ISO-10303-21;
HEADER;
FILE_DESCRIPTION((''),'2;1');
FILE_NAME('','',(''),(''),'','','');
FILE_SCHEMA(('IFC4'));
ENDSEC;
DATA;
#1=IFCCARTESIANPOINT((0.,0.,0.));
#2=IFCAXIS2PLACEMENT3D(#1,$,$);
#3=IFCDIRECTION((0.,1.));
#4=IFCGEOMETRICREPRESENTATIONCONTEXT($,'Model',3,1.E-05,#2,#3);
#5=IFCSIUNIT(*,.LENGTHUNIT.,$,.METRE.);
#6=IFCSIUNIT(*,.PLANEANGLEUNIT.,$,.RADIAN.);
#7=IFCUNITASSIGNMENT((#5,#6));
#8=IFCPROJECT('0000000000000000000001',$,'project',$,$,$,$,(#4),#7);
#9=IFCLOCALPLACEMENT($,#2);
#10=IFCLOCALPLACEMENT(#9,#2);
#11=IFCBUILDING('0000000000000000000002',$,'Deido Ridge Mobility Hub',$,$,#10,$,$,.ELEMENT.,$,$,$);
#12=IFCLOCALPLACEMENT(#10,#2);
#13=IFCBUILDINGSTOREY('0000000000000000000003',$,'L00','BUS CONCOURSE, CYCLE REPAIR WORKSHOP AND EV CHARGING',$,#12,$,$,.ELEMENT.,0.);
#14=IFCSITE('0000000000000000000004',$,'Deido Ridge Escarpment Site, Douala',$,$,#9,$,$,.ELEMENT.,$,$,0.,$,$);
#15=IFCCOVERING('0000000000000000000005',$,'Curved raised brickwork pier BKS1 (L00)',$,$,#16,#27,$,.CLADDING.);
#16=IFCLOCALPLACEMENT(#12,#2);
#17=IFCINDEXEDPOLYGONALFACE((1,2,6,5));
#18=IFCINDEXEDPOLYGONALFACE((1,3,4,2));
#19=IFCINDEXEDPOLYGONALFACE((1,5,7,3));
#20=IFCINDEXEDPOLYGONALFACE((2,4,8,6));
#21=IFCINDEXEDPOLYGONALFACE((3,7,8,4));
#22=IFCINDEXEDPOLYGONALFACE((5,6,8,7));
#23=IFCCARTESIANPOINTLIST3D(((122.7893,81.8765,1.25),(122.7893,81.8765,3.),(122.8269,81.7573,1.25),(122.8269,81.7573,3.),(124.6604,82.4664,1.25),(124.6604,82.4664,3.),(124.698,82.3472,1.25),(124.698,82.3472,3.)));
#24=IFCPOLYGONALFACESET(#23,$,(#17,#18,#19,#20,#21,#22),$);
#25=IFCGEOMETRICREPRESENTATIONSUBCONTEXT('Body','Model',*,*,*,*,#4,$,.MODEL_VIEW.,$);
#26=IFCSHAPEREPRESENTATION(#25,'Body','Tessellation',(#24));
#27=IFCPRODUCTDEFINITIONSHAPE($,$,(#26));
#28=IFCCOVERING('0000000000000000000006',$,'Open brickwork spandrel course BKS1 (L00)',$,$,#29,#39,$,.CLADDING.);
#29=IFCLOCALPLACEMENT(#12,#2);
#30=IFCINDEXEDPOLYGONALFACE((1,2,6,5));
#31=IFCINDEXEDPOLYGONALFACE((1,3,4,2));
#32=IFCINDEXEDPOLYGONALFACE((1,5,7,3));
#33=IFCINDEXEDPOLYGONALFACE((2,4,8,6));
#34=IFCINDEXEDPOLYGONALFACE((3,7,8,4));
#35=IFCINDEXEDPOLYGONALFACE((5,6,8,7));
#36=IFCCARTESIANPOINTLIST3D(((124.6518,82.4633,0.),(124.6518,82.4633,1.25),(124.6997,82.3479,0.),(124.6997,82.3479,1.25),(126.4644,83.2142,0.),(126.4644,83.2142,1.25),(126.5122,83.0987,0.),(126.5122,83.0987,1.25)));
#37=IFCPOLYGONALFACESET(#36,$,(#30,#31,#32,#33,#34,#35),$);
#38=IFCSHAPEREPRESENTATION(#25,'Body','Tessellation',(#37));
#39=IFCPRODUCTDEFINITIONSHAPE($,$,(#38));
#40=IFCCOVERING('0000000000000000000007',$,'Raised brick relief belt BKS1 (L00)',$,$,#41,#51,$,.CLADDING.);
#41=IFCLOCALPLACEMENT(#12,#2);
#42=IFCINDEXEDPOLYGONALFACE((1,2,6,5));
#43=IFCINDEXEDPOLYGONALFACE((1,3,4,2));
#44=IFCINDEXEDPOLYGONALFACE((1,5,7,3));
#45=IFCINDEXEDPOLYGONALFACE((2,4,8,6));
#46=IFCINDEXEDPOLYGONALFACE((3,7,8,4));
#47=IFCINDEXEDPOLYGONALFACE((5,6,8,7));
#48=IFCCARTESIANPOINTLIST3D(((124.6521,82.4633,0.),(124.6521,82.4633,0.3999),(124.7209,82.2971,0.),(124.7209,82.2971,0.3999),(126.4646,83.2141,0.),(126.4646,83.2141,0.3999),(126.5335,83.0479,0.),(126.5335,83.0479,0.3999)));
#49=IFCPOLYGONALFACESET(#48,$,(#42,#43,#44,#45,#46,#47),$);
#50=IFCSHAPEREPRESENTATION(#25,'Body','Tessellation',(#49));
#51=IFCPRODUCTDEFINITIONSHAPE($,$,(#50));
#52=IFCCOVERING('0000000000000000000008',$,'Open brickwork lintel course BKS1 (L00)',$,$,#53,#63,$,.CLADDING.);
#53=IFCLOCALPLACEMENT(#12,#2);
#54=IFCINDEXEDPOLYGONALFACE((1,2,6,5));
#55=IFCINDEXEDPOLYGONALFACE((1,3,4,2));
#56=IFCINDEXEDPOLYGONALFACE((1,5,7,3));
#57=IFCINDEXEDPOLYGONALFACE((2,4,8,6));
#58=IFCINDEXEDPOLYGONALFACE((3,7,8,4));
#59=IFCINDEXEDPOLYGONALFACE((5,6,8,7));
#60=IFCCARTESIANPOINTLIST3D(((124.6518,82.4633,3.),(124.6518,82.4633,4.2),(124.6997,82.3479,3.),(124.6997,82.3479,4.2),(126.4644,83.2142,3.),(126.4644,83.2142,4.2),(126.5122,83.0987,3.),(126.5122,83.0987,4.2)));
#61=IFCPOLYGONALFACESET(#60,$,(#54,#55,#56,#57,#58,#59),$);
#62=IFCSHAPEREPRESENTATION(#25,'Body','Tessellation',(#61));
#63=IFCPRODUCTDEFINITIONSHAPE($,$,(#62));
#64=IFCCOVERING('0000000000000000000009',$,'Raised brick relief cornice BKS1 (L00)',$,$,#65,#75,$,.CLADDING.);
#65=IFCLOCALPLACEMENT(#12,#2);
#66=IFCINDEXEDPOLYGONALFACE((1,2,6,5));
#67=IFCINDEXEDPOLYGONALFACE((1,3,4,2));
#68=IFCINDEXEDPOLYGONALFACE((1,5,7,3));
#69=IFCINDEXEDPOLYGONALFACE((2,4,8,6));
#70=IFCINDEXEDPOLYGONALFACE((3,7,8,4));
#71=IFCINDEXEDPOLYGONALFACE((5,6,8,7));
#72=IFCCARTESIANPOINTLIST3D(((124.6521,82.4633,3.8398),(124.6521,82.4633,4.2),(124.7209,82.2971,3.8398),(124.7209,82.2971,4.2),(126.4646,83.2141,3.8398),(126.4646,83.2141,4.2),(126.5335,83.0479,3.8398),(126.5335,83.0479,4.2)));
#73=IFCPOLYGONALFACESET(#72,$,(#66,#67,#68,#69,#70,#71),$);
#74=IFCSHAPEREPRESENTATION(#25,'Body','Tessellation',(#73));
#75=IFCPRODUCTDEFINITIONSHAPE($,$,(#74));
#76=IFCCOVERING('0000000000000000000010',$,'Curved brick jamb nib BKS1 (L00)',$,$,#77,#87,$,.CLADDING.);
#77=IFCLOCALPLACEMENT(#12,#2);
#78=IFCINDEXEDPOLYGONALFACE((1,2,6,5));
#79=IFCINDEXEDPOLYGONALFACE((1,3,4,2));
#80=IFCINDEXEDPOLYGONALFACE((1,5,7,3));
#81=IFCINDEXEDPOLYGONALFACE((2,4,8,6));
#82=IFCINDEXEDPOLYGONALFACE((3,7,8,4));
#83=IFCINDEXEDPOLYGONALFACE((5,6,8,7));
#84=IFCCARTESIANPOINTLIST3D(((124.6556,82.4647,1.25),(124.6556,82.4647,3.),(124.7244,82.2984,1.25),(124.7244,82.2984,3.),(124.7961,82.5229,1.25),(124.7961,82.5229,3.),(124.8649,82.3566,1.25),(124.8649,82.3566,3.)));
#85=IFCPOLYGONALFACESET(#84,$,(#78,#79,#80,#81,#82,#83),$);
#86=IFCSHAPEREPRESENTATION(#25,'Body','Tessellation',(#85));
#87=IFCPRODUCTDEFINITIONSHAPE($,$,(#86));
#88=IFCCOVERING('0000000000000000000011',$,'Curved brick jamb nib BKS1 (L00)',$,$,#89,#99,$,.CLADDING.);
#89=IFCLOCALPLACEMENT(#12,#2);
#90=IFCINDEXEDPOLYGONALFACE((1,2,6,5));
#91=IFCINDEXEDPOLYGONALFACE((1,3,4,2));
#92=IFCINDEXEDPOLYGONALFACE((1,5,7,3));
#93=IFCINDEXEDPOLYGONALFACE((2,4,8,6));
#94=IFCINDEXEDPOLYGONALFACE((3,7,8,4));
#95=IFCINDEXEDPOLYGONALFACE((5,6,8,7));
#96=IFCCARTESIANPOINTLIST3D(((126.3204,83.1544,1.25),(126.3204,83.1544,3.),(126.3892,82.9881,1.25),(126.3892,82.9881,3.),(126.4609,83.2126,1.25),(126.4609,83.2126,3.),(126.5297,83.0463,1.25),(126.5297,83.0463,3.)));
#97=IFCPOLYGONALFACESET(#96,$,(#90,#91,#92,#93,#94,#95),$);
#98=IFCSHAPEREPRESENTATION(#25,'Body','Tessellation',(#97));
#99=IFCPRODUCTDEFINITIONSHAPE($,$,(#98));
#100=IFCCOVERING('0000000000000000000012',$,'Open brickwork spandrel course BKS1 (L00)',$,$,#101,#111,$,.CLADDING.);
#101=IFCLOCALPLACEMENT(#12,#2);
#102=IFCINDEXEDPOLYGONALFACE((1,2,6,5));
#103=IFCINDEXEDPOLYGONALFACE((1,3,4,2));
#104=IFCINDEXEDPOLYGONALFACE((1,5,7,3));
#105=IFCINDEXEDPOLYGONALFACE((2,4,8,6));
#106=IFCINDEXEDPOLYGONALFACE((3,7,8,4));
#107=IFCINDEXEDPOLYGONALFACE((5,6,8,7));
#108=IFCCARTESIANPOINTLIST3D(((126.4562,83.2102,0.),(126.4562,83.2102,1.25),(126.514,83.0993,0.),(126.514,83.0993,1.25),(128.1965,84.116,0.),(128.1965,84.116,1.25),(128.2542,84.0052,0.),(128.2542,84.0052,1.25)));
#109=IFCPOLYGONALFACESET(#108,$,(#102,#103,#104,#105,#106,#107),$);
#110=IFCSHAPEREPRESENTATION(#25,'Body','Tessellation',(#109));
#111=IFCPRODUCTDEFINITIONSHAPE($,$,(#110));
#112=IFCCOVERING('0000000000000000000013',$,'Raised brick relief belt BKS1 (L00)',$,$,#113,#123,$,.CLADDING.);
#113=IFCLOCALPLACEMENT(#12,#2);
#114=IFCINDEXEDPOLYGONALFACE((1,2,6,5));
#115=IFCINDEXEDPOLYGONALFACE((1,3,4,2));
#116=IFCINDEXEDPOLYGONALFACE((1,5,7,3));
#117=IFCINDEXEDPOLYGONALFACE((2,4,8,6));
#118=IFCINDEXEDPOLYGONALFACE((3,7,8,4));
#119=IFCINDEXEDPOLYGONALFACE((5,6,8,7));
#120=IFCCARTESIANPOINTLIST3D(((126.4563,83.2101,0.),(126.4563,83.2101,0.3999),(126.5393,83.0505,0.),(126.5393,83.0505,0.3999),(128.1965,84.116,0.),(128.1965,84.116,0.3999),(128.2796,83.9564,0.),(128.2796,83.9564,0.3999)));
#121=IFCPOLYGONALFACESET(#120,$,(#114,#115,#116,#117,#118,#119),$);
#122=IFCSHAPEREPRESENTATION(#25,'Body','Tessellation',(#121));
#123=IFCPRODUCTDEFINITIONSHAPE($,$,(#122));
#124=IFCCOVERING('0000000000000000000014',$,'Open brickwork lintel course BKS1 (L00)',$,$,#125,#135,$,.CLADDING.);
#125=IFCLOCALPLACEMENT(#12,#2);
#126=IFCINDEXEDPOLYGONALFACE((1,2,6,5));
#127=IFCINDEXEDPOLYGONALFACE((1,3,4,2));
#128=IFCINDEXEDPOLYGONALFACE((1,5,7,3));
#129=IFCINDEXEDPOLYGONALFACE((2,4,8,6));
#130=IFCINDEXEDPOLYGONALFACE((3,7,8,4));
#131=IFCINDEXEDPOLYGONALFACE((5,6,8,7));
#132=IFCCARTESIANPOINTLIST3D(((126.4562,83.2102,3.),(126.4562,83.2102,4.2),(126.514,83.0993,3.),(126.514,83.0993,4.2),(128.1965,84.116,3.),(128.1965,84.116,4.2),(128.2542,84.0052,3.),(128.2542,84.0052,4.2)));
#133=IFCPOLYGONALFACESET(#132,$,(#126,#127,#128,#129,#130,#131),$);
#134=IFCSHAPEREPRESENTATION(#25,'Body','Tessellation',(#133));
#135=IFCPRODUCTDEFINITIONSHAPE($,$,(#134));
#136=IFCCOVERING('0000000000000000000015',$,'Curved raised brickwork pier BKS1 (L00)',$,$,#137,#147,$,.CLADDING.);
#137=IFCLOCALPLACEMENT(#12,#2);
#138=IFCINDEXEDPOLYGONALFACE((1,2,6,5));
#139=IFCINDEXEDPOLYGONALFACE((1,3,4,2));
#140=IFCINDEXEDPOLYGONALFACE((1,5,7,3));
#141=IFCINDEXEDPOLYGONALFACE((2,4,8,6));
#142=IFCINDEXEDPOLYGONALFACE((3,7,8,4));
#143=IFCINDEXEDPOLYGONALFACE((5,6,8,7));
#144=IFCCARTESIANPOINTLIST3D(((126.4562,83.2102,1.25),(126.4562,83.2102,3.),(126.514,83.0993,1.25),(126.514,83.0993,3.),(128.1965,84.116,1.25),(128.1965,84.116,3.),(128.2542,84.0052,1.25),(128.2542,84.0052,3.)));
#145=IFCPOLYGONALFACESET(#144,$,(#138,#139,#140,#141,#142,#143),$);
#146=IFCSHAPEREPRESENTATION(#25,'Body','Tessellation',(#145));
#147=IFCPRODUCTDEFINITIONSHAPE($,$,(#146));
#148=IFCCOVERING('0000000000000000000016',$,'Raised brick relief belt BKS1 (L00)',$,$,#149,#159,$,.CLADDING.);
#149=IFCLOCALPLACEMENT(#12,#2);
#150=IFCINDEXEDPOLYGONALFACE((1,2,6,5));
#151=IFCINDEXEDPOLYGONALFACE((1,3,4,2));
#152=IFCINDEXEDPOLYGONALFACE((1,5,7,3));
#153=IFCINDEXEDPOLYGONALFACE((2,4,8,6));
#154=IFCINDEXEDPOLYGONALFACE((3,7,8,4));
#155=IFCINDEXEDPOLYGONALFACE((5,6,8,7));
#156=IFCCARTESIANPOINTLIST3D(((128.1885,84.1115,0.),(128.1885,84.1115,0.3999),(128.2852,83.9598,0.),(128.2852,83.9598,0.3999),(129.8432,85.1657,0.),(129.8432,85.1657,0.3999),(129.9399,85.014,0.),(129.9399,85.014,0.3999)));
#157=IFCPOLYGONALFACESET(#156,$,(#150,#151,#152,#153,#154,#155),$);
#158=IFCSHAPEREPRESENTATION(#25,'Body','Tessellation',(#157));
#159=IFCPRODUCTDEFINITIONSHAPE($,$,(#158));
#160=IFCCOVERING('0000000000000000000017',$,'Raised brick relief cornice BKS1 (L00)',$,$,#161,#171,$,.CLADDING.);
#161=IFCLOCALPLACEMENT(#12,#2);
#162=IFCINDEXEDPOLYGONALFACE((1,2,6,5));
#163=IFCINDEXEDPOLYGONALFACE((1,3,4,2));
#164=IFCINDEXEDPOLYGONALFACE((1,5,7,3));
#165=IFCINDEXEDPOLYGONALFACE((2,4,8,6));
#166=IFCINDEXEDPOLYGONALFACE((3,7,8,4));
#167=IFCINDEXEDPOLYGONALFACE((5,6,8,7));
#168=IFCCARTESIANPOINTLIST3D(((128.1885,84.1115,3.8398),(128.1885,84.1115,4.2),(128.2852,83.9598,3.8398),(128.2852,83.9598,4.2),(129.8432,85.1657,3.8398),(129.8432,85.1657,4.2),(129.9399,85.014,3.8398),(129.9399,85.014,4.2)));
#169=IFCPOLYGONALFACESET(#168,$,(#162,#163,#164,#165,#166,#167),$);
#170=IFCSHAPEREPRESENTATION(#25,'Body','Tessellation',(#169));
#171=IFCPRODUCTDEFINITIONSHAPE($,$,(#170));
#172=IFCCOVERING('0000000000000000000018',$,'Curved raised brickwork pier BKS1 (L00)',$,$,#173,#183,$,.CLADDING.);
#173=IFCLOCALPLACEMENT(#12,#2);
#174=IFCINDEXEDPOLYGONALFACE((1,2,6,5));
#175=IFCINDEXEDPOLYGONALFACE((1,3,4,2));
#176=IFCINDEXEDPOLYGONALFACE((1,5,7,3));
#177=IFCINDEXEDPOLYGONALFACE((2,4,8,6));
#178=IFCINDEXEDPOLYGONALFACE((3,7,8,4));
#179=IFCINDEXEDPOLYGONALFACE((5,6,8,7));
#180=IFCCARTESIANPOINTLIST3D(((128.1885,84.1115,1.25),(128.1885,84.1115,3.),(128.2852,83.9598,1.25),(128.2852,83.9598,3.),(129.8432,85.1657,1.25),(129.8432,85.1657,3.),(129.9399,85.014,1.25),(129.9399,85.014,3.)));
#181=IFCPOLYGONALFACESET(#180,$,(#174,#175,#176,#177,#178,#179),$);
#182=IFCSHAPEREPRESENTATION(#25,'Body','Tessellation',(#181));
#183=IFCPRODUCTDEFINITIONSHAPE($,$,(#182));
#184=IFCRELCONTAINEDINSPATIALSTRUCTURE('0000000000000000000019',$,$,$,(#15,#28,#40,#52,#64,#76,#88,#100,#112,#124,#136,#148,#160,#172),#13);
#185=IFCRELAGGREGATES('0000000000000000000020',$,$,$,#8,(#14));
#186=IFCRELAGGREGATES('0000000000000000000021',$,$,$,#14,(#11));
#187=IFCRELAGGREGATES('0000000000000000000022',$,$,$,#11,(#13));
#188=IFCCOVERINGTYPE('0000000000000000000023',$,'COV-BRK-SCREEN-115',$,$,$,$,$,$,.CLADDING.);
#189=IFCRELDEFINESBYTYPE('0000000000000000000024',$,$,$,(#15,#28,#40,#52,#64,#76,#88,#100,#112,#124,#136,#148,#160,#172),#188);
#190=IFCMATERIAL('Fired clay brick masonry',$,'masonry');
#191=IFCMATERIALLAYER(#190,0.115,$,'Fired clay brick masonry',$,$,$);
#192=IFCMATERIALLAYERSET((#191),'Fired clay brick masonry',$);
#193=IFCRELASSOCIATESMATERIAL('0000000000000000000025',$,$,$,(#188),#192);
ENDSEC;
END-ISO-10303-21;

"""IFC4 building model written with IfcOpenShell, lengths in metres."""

from ifc_helpers import new_model, si_unit, direction, frame, origin, origin_2d, place, context, subcontext, project, spatial, rectangle, extrude, material, layer, layer_set, type_object, element, save


model = new_model("IFC4")

# Units and contexts
model_context = context("Model", 3, precision=1e-05, world=origin(), true_north=direction((0.0, 1.0)))
body_context = subcontext(model_context, "Body", "Model", "MODEL_VIEW")
ifc_project = project(units=[si_unit("LENGTHUNIT", "METRE"), si_unit("PLANEANGLEUNIT", "RADIAN")], contexts=[model_context])

# Site, building, storey
site_placement = place(None, origin())
site = spatial("IfcSite", under=ifc_project, at=site_placement, Name="Deido Ridge Escarpment Site, Douala", CompositionType="ELEMENT", RefElevation=0.0)
building_placement = place(site_placement, origin())
building = spatial("IfcBuilding", under=site, at=building_placement, Name="Deido Ridge Mobility Hub", CompositionType="ELEMENT")
storey_placement = place(building_placement, origin())
storey = spatial("IfcBuildingStorey", under=building, at=storey_placement, Name="L00", Description="BUS CONCOURSE, CYCLE REPAIR WORKSHOP AND EV CHARGING", CompositionType="ELEMENT", Elevation=0.0)

# Coverings
ifc_material_1 = material(Name="Fired clay brick masonry", Category="masonry")
ifc_layer = layer(ifc_material_1, 0.115, Name="Fired clay brick masonry")
ifc_layer_set = layer_set([ifc_layer], Name="Fired clay brick masonry")
covering_type = type_object("IfcCoveringType", Name="COV-BRK-SCREEN-115", PredefinedType="CLADDING", material=ifc_layer_set)
covering_1_placement = place(storey_placement, frame((123.7437, 82.1118, 1.25), z_axis=(0.0, 0.0, 1.0), x_axis=(0.953727, 0.300673, 0.0)))
element("IfcCovering", 1, at=covering_1_placement, inside=storey, type_object=covering_type, Name="Curved raised brickwork pier BKS1 (L00)", PredefinedType="CLADDING", context=body_context, shape_type="SweptSolid", body=[
    extrude(rectangle(XDim=1.9619, YDim=0.125, at=origin_2d()), origin(), (0.0, 0.0, 1.0), 1.75),
])
covering_2_placement = place(storey_placement, frame((125.582, 82.781, 0.0), z_axis=(0.0, 0.0, 1.0), x_axis=(0.923873, 0.3827, 0.0)))
element("IfcCovering", 2, at=covering_2_placement, inside=storey, type_object=covering_type, Name="Open brickwork spandrel course BKS1 (L00)", PredefinedType="CLADDING", context=body_context, shape_type="SweptSolid", body=[
    extrude(rectangle(XDim=1.9619, YDim=0.125, at=origin_2d()), origin(), (0.0, 0.0, 1.0), 1.25),
])
covering_3_placement = place(storey_placement, frame((125.5928, 82.7556, 0.0), z_axis=(0.0, 0.0, 1.0), x_axis=(0.923873, 0.3827, 0.0)))
element("IfcCovering", 3, at=covering_3_placement, inside=storey, type_object=covering_type, Name="Raised brick relief belt BKS1 (L00)", PredefinedType="CLADDING", context=body_context, shape_type="SweptSolid", body=[
    extrude(rectangle(XDim=1.9619, YDim=0.1799, at=origin_2d()), origin(), (0.0, 0.0, 1.0), 0.3999),
])
covering_4_placement = place(storey_placement, frame((125.582, 82.781, 3.0), z_axis=(0.0, 0.0, 1.0), x_axis=(0.923873, 0.3827, 0.0)))
element("IfcCovering", 4, at=covering_4_placement, inside=storey, type_object=covering_type, Name="Open brickwork lintel course BKS1 (L00)", PredefinedType="CLADDING", context=body_context, shape_type="SweptSolid", body=[
    extrude(rectangle(XDim=1.9619, YDim=0.125, at=origin_2d()), origin(), (0.0, 0.0, 1.0), 1.2),
])
covering_5_placement = place(storey_placement, frame((125.5928, 82.7556, 3.8398), z_axis=(0.0, 0.0, 1.0), x_axis=(0.923873, 0.3827, 0.0)))
element("IfcCovering", 5, at=covering_5_placement, inside=storey, type_object=covering_type, Name="Raised brick relief cornice BKS1 (L00)", PredefinedType="CLADDING", context=body_context, shape_type="SweptSolid", body=[
    extrude(rectangle(XDim=1.9619, YDim=0.1799, at=origin_2d()), origin(), (0.0, 0.0, 1.0), 0.3601),
])
for number, where, z_axis, x_axis, name in (
    (6, (124.7603, 82.4106, 1.25), (0.0, 0.0, 1.0), (0.923873, 0.3827, 0.0), "Curved brick jamb nib BKS1 (L00)"),
    (7, (126.425, 83.1003, 1.25), (0.0, 0.0, 1.0), (0.923873, 0.3827, 0.0), "Curved brick jamb nib BKS1 (L00)"),
):
    element("IfcCovering", number, at=place(storey_placement, frame(where, z_axis=z_axis, x_axis=x_axis)), inside=storey, type_object=covering_type, Name=name, PredefinedType="CLADDING", context=body_context, shape_type="SweptSolid", body=[
        extrude(rectangle(XDim=0.1521, YDim=0.1799, at=origin_2d()), origin(), (0.0, 0.0, 1.0), 1.75),
    ])
covering_6_placement = place(storey_placement, frame((127.3552, 83.6077, 0.0), z_axis=(0.0, 0.0, 1.0), x_axis=(0.887019, 0.461733, 0.0)))
element("IfcCovering", 8, at=covering_6_placement, inside=storey, type_object=covering_type, Name="Open brickwork spandrel course BKS1 (L00)", PredefinedType="CLADDING", context=body_context, shape_type="SweptSolid", body=[
    extrude(rectangle(XDim=1.9619, YDim=0.125, at=origin_2d()), origin(), (0.0, 0.0, 1.0), 1.25),
])
covering_7_placement = place(storey_placement, frame((127.3679, 83.5833, 0.0), z_axis=(0.0, 0.0, 1.0), x_axis=(0.887019, 0.461733, 0.0)))
element("IfcCovering", 9, at=covering_7_placement, inside=storey, type_object=covering_type, Name="Raised brick relief belt BKS1 (L00)", PredefinedType="CLADDING", context=body_context, shape_type="SweptSolid", body=[
    extrude(rectangle(XDim=1.9619, YDim=0.1799, at=origin_2d()), origin(), (0.0, 0.0, 1.0), 0.3999),
])
covering_8_placement = place(storey_placement, frame((127.3552, 83.6077, 3.0), z_axis=(0.0, 0.0, 1.0), x_axis=(0.887019, 0.461733, 0.0)))
element("IfcCovering", 10, at=covering_8_placement, inside=storey, type_object=covering_type, Name="Open brickwork lintel course BKS1 (L00)", PredefinedType="CLADDING", context=body_context, shape_type="SweptSolid", body=[
    extrude(rectangle(XDim=1.9619, YDim=0.125, at=origin_2d()), origin(), (0.0, 0.0, 1.0), 1.2),
])
covering_9_placement = place(storey_placement, frame((127.3552, 83.6077, 1.25), z_axis=(0.0, 0.0, 1.0), x_axis=(0.887019, 0.461733, 0.0)))
element("IfcCovering", 11, at=covering_9_placement, inside=storey, type_object=covering_type, Name="Curved raised brickwork pier BKS1 (L00)", PredefinedType="CLADDING", context=body_context, shape_type="SweptSolid", body=[
    extrude(rectangle(XDim=1.9619, YDim=0.125, at=origin_2d()), origin(), (0.0, 0.0, 1.0), 1.75),
])
covering_10_placement = place(storey_placement, frame((129.0642, 84.5627, 0.0), z_axis=(0.0, 0.0, 1.0), x_axis=(0.843382, 0.537314, 0.0)))
element("IfcCovering", 12, at=covering_10_placement, inside=storey, type_object=covering_type, Name="Raised brick relief belt BKS1 (L00)", PredefinedType="CLADDING", context=body_context, shape_type="SweptSolid", body=[
    extrude(rectangle(XDim=1.9619, YDim=0.1799, at=origin_2d()), origin(), (0.0, 0.0, 1.0), 0.3999),
])
covering_11_placement = place(storey_placement, frame((129.0642, 84.5627, 3.8398), z_axis=(0.0, 0.0, 1.0), x_axis=(0.843382, 0.537314, 0.0)))
element("IfcCovering", 13, at=covering_11_placement, inside=storey, type_object=covering_type, Name="Raised brick relief cornice BKS1 (L00)", PredefinedType="CLADDING", context=body_context, shape_type="SweptSolid", body=[
    extrude(rectangle(XDim=1.9619, YDim=0.1799, at=origin_2d()), origin(), (0.0, 0.0, 1.0), 0.3601),
])
covering_12_placement = place(storey_placement, frame((129.0642, 84.5627, 1.25), z_axis=(0.0, 0.0, 1.0), x_axis=(0.843382, 0.537314, 0.0)))
element("IfcCovering", 14, at=covering_12_placement, inside=storey, type_object=covering_type, Name="Curved raised brickwork pier BKS1 (L00)", PredefinedType="CLADDING", context=body_context, shape_type="SweptSolid", body=[
    extrude(rectangle(XDim=1.9619, YDim=0.1799, at=origin_2d()), origin(), (0.0, 0.0, 1.0), 1.75),
])

save(model, "model.ifc")
